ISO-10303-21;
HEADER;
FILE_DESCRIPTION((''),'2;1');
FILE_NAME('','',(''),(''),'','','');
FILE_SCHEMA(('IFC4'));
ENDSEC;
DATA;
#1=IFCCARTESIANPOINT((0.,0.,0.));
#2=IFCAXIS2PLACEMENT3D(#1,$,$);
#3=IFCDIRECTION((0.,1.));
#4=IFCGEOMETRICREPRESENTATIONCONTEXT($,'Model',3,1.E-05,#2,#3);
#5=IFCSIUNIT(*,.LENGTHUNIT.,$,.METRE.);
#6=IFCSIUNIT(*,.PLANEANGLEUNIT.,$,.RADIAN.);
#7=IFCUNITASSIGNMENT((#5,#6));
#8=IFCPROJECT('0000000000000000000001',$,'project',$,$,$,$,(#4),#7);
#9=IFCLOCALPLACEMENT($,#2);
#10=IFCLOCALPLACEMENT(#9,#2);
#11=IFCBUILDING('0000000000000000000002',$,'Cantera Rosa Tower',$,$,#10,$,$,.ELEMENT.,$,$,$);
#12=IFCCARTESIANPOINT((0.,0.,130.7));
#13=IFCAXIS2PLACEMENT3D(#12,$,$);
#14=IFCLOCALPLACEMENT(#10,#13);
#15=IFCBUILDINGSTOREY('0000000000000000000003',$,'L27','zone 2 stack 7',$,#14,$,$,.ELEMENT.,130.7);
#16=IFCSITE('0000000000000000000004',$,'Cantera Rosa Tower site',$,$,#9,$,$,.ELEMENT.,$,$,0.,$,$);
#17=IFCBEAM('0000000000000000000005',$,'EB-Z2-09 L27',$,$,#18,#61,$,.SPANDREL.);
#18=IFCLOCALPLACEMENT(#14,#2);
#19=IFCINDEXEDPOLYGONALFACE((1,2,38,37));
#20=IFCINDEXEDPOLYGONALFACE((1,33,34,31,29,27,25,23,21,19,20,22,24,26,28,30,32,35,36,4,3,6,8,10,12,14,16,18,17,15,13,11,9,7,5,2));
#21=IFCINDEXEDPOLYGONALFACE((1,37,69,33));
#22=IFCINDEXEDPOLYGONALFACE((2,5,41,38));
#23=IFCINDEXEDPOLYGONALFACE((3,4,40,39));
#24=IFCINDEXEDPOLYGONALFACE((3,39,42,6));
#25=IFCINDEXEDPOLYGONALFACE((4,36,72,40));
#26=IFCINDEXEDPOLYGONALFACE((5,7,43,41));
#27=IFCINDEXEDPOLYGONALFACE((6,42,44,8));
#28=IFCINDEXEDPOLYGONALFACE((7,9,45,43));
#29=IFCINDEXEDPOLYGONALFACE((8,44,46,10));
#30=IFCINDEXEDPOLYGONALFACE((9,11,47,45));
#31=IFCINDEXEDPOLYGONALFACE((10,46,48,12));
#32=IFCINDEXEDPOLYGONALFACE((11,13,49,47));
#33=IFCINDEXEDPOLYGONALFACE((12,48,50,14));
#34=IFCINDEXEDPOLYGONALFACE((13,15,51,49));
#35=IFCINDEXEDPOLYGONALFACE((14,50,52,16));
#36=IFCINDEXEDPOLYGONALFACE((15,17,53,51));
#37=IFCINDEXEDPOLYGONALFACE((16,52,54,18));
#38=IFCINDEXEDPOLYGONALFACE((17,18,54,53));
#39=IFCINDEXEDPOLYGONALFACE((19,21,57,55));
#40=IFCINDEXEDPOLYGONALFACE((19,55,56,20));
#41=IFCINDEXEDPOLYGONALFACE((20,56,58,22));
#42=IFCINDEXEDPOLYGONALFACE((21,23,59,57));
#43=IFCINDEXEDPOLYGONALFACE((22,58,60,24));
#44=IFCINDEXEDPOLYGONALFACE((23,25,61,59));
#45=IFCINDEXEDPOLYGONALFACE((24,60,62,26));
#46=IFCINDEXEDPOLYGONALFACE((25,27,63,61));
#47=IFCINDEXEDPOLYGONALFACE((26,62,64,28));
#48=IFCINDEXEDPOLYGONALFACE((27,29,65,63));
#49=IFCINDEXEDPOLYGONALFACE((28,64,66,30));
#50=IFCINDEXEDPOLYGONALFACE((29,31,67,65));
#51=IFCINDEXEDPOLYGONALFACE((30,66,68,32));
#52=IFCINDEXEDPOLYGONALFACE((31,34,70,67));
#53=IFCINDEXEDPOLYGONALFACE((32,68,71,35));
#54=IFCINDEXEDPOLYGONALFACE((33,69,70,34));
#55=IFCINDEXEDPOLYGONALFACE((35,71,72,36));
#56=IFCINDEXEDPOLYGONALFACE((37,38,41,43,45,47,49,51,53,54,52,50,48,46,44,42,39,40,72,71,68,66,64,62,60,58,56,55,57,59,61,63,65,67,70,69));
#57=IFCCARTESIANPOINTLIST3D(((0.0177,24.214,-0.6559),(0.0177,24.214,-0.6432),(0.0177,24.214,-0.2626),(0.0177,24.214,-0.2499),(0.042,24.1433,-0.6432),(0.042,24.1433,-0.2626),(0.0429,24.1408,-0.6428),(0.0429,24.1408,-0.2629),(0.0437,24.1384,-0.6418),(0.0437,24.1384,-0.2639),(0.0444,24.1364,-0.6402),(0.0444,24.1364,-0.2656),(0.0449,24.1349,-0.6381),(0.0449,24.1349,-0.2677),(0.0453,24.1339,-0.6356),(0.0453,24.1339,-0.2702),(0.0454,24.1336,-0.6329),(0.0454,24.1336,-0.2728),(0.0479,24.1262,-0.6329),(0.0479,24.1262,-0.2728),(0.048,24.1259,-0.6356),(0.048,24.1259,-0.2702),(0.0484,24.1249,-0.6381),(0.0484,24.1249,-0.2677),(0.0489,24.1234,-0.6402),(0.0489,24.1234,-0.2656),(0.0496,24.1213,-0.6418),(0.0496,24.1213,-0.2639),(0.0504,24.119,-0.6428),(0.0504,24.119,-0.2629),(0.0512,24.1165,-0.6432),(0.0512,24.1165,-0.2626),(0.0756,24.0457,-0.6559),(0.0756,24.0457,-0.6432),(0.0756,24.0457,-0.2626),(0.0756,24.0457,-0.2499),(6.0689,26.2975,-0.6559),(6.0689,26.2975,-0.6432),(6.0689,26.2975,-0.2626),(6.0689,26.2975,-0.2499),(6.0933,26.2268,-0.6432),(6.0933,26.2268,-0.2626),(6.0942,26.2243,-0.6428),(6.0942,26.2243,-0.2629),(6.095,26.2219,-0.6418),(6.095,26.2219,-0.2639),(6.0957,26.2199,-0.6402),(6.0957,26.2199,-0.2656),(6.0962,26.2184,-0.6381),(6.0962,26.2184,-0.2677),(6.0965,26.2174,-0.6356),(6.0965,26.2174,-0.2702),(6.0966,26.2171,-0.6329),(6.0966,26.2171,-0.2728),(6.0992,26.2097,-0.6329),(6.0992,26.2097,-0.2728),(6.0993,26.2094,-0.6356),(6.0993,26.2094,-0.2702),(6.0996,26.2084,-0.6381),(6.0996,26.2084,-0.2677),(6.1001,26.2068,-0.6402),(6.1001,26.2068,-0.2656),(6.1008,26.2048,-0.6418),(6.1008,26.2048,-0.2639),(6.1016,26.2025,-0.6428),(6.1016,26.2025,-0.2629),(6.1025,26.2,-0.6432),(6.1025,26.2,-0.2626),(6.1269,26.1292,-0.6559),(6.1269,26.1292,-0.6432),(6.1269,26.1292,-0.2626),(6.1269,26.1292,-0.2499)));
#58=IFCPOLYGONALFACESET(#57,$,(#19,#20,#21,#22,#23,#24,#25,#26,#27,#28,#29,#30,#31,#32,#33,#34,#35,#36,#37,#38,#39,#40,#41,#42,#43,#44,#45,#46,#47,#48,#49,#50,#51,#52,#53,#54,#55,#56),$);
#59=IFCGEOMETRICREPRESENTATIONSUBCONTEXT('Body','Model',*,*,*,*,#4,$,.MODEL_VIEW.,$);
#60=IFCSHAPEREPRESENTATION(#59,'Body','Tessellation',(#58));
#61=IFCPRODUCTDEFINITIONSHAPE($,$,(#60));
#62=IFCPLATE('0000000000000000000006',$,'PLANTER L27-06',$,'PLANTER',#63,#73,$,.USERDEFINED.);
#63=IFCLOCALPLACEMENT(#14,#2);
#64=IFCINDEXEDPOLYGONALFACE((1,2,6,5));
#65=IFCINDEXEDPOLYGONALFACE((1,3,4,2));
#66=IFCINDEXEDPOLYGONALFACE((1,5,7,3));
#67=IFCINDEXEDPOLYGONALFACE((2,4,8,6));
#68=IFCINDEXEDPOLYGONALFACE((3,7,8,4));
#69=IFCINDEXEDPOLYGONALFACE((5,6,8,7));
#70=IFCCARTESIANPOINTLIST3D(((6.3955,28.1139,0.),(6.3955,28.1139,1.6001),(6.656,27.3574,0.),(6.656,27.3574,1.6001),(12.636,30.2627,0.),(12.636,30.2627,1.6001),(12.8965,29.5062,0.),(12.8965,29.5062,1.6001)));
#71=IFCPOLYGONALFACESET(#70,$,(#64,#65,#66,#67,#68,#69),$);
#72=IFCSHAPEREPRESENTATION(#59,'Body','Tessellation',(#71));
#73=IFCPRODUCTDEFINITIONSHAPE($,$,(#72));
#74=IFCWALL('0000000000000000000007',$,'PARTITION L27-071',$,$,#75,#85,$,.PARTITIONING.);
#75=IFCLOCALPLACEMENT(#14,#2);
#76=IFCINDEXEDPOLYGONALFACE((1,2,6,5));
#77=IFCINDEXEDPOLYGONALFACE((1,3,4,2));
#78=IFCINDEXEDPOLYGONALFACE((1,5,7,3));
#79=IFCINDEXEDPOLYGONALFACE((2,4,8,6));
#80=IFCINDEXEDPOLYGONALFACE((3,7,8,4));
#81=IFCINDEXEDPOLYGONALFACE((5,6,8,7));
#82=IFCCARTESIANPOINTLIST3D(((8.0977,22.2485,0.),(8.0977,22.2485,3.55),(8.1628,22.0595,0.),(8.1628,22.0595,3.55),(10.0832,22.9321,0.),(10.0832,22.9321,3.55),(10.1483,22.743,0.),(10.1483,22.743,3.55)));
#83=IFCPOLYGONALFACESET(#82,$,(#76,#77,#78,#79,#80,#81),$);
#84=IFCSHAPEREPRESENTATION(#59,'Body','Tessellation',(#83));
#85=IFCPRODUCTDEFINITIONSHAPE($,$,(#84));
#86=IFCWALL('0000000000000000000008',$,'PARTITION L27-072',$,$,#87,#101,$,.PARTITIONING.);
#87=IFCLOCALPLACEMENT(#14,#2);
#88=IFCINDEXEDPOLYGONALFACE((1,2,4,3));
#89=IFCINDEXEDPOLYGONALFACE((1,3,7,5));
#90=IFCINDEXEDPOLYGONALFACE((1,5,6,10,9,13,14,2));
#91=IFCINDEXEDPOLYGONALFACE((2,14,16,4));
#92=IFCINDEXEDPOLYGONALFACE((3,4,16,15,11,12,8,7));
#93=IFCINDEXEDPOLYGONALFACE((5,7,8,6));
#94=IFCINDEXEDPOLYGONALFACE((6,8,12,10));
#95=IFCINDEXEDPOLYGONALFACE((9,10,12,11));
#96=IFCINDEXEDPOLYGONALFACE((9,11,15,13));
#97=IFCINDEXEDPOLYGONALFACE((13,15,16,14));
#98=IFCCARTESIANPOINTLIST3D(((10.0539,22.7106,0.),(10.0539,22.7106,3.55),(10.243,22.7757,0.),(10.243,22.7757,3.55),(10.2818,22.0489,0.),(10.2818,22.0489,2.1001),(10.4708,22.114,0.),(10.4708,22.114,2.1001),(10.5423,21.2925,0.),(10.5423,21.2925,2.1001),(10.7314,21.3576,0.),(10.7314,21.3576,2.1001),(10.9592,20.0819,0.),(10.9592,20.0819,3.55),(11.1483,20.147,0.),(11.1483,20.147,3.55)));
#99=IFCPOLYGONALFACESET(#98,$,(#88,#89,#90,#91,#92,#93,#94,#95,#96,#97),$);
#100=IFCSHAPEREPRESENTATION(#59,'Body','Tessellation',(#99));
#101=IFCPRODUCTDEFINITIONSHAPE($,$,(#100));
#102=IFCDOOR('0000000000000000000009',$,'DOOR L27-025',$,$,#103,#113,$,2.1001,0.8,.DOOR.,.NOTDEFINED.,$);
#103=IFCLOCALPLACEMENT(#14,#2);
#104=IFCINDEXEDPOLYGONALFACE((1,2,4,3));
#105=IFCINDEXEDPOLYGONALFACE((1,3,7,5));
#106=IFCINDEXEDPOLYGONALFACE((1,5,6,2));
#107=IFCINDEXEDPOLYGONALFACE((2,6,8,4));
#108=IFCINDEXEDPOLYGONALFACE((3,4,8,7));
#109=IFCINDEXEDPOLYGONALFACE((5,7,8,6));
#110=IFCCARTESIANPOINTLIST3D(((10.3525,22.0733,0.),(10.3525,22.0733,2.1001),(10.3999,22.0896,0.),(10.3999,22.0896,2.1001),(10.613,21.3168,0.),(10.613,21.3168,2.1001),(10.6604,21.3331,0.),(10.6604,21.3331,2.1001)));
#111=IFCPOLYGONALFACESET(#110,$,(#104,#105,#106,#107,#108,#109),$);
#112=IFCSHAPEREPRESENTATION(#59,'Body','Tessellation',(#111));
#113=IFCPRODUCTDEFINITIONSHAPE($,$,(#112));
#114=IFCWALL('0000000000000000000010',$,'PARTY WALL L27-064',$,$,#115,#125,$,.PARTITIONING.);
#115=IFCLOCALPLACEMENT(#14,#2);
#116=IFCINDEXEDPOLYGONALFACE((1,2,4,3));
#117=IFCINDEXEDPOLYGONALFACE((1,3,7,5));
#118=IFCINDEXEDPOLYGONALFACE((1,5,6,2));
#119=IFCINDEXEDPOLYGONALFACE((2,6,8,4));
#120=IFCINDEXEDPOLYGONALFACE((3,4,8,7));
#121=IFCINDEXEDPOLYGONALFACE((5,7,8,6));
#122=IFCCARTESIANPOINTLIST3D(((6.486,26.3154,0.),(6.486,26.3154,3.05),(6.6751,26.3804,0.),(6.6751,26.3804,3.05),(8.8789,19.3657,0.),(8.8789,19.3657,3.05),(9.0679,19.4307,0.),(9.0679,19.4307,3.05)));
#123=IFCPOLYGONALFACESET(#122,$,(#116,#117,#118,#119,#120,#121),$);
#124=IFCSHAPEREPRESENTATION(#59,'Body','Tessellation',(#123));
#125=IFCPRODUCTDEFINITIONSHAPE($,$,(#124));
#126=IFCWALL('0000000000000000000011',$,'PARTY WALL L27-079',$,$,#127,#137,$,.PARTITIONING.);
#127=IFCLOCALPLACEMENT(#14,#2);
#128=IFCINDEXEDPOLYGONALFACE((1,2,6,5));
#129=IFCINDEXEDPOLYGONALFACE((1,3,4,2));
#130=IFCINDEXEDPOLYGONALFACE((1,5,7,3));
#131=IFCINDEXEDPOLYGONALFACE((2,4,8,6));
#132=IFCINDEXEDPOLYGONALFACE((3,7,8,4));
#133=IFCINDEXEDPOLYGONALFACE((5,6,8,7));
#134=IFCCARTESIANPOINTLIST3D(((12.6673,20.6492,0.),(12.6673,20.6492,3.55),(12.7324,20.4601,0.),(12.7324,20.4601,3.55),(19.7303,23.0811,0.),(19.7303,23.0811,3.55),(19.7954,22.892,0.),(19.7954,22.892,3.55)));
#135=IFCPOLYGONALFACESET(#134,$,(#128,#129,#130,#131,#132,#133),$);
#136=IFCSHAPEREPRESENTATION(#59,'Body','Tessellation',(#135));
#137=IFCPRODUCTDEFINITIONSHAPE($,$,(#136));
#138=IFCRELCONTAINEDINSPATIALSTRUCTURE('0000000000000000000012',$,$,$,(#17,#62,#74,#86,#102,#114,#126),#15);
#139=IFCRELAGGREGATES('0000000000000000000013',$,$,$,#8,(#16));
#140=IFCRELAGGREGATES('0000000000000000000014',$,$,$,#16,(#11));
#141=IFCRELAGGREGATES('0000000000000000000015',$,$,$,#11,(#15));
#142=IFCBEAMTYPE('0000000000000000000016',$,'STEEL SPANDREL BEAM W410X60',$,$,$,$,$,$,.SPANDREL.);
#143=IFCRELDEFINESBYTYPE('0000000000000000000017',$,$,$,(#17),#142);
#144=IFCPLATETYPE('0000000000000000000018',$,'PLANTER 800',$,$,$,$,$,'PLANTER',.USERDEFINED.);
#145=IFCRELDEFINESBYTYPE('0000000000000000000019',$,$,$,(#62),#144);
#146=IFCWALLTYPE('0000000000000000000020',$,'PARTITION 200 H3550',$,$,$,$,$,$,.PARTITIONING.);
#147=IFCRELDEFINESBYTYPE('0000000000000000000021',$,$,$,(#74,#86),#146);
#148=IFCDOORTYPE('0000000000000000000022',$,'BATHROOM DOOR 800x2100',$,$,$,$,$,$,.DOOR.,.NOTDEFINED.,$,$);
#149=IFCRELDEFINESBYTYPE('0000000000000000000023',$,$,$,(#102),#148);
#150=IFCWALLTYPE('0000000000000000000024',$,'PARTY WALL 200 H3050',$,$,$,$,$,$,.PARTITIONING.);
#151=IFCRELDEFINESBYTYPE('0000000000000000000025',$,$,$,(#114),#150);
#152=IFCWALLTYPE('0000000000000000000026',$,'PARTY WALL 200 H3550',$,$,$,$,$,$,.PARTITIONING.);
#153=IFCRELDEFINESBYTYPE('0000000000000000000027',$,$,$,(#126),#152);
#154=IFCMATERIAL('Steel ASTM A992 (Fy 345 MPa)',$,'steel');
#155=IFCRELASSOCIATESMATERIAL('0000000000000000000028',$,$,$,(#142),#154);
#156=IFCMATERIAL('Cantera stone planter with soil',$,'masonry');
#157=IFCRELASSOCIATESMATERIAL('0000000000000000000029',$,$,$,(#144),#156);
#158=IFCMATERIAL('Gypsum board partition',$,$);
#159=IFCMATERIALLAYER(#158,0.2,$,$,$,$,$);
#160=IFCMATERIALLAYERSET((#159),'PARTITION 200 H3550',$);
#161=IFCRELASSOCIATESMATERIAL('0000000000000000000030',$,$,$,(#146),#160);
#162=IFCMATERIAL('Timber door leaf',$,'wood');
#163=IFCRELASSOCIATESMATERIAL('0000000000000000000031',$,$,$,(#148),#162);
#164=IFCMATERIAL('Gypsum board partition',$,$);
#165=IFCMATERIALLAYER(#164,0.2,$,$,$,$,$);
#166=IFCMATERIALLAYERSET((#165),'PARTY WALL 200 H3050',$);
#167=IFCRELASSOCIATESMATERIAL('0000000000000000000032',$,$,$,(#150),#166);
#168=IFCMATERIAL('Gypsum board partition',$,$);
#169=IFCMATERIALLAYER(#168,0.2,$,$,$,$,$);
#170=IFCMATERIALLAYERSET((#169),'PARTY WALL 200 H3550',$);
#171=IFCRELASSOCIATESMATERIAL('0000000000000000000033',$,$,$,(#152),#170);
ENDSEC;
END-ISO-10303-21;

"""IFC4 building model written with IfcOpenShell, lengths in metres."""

from ifc_helpers import new_model, si_unit, direction, frame, frame_2d, origin, origin_2d, place, context, subcontext, project, spatial, rectangle, i_section, extrude, material, layer, layer_set, material_profile, profile_set, type_object, element, fill, save


model = new_model("IFC4")

# Units and contexts
model_context = context("Model", 3, precision=1e-05, world=origin(), true_north=direction((0.0, 1.0)))
body_context = subcontext(model_context, "Body", "Model", "MODEL_VIEW")
ifc_project = project(units=[si_unit("LENGTHUNIT", "METRE"), si_unit("PLANEANGLEUNIT", "RADIAN")], contexts=[model_context])

# Site, building, storey
site_placement = place(None, origin())
site = spatial("IfcSite", under=ifc_project, at=site_placement, Name="Cantera Rosa Tower site", CompositionType="ELEMENT", RefElevation=0.0)
building_placement = place(site_placement, origin())
building = spatial("IfcBuilding", under=site, at=building_placement, Name="Cantera Rosa Tower", CompositionType="ELEMENT")
storey_placement = place(building_placement, frame((0.0, 0.0, 130.7)))
storey = spatial("IfcBuildingStorey", under=building, at=storey_placement, Name="L27", Description="zone 2 stack 7", CompositionType="ELEMENT", Elevation=130.7)

# Beam
ifc_material_1 = material(Name="Steel ASTM A992 (Fy 345 MPa)", Category="steel")
ifc_material_profile_1 = material_profile(ifc_material_1, i_section(OverallWidth=0.178, OverallDepth=0.406, WebThickness=0.0078, FlangeThickness=0.0127, FilletRadius=0.0103, at=origin_2d()), Name="W410X60")
ifc_profile_set_1 = profile_set([ifc_material_profile_1], Name="Steel ASTM A992 (Fy 345 MPa)")
beam_type_1 = type_object("IfcBeamType", Name="STEEL SPANDREL BEAM W410X60", PredefinedType="SPANDREL", material=ifc_profile_set_1)
for number, where, z_axis, x_axis, name in (
    (1, (6.0979, 26.2134, -0.4529), (-0.945524, -0.325551, 0.0), (0.325551, -0.945524, 0.0), "EB-Z2-09 L27"),
):
    element("IfcBeam", number, at=place(storey_placement, frame(where, z_axis=z_axis, x_axis=x_axis)), inside=storey, type_object=beam_type_1, Name=name, PredefinedType="SPANDREL", context=body_context, shape_type="SweptSolid", body=[
        extrude(i_section(OverallWidth=0.178, OverallDepth=0.406, WebThickness=0.0078, FlangeThickness=0.0127, FilletRadius=0.0103, at=origin_2d()), origin(), (0.0, 0.0, 1.0), 6.3999),
    ])

# Plate
ifc_material_2 = material(Name="Cantera stone planter with soil", Category="masonry")
plate_type = type_object("IfcPlateType", Name="PLANTER 800", ElementType="PLANTER", PredefinedType="USERDEFINED", material=ifc_material_2)
plate_placement = place(storey_placement, frame((9.646, 28.8101, 0.0), z_axis=(0.0, 0.0, 1.0), x_axis=(-0.945519, -0.325568, 0.0)))
element("IfcPlate", 2, at=plate_placement, inside=storey, type_object=plate_type, Name="PLANTER L27-06", ObjectType="PLANTER", PredefinedType="USERDEFINED", context=body_context, shape_type="SweptSolid", body=[
    extrude(rectangle(XDim=6.6001, YDim=0.8, at=origin_2d()), origin(), (0.0, 0.0, 1.0), 1.6001),
])

# Wall
ifc_material_3 = material(Name="Gypsum board partition")
ifc_layer_1 = layer(ifc_material_3, 0.2)
ifc_layer_set_1 = layer_set([ifc_layer_1], Name="PARTITION 200 H3550")
wall_type_1 = type_object("IfcWallType", Name="PARTITION 200 H3550", PredefinedType="PARTITIONING", material=ifc_layer_set_1)
wall_1_placement = place(storey_placement, frame((8.1304, 22.1541, 0.0), z_axis=(0.0, 0.0, 1.0), x_axis=(0.945533, 0.325525, 0.0)))
element("IfcWall", 3, at=wall_1_placement, inside=storey, type_object=wall_type_1, Name="PARTITION L27-071", PredefinedType="PARTITIONING", context=body_context, shape_type="SweptSolid", body=[
    extrude(rectangle(XDim=2.0999, YDim=0.2, at=frame_2d((1.0498, 0.0))), origin(), (0.0, 0.0, 1.0), 3.55),
])

# Wall, opening, door
wall_2_placement = place(storey_placement, frame((10.1484, 22.7432, 0.0), z_axis=(0.0, 0.0, 1.0), x_axis=(0.325617, -0.945502, 0.0)))
wall_2 = element("IfcWall", 4, at=wall_2_placement, inside=storey, type_object=wall_type_1, Name="PARTITION L27-072", PredefinedType="PARTITIONING", context=body_context, shape_type="SweptSolid", body=[
    extrude(rectangle(XDim=2.7803, YDim=0.2, at=frame_2d((1.3901, 0.0))), origin(), (0.0, 0.0, 1.0), 3.55),
])
opening_1_placement = place(wall_2_placement, frame((0.7, 0.0, 0.0)))
opening_1 = element("IfcOpeningElement", 5, at=opening_1_placement, cuts=wall_2, PredefinedType="OPENING", context=body_context, shape_type="SweptSolid", body=[
    extrude(rectangle(XDim=0.8, YDim=2.1001, at=frame_2d((0.3999, 1.05))), frame((0.0, 0.1099, 0.0), z_axis=(0.0, -1.0, 0.0), x_axis=(1.0, 0.0, 0.0)), (0.0, 0.0, 1.0), 0.22),
])
ifc_material_4 = material(Name="Timber door leaf", Category="wood")
door_type_1 = type_object("IfcDoorType", Name="BATHROOM DOOR 800x2100", OperationType="NOTDEFINED", PredefinedType="DOOR", material=ifc_material_4)
door_1_placement = place(opening_1_placement, origin())
door_1 = element("IfcDoor", 6, at=door_1_placement, inside=storey, type_object=door_type_1, Name="DOOR L27-025", OperationType="NOTDEFINED", OverallHeight=2.1001, OverallWidth=0.8, PredefinedType="DOOR", context=body_context, shape_type="SweptSolid", body=[
    extrude(rectangle(XDim=0.8, YDim=2.1001, at=frame_2d((0.3999, 1.05))), frame((0.0, 0.0249, 0.0), z_axis=(0.0, -1.0, 0.0), x_axis=(1.0, 0.0, 0.0)), (0.0, 0.0, 1.0), 0.05),
])
fill(opening_1, door_1)

# Walls
ifc_material_5 = material(Name="Gypsum board partition")
ifc_layer_2 = layer(ifc_material_5, 0.2)
ifc_layer_set_2 = layer_set([ifc_layer_2], Name="PARTY WALL 200 H3050")
wall_type_2 = type_object("IfcWallType", Name="PARTY WALL 200 H3050", PredefinedType="PARTITIONING", material=ifc_layer_set_2)
wall_3_placement = place(storey_placement, frame((6.5806, 26.3479, 0.0), z_axis=(0.0, 0.0, 1.0), x_axis=(0.325549, -0.945525, 0.0)))
element("IfcWall", 7, at=wall_3_placement, inside=storey, type_object=wall_type_2, Name="PARTY WALL L27-064", PredefinedType="PARTITIONING", context=body_context, shape_type="SweptSolid", body=[
    extrude(rectangle(XDim=7.3501, YDim=0.2, at=frame_2d((3.675, 0.0))), origin(), (0.0, 0.0, 1.0), 3.05),
])
ifc_material_6 = material(Name="Gypsum board partition")
ifc_layer_3 = layer(ifc_material_6, 0.2)
ifc_layer_set_3 = layer_set([ifc_layer_3], Name="PARTY WALL 200 H3550")
wall_type_3 = type_object("IfcWallType", Name="PARTY WALL 200 H3550", PredefinedType="PARTITIONING", material=ifc_layer_set_3)
wall_4_placement = place(storey_placement, frame((12.7, 20.5547, 0.0), z_axis=(0.0, 0.0, 1.0), x_axis=(0.945523, 0.325557, 0.0)))
element("IfcWall", 8, at=wall_4_placement, inside=storey, type_object=wall_type_3, Name="PARTY WALL L27-079", PredefinedType="PARTITIONING", context=body_context, shape_type="SweptSolid", body=[
    extrude(rectangle(XDim=7.47, YDim=0.2, at=frame_2d((3.7349, 0.0))), origin(), (0.0, 0.0, 1.0), 3.55),
])

save(model, "model.ifc")
